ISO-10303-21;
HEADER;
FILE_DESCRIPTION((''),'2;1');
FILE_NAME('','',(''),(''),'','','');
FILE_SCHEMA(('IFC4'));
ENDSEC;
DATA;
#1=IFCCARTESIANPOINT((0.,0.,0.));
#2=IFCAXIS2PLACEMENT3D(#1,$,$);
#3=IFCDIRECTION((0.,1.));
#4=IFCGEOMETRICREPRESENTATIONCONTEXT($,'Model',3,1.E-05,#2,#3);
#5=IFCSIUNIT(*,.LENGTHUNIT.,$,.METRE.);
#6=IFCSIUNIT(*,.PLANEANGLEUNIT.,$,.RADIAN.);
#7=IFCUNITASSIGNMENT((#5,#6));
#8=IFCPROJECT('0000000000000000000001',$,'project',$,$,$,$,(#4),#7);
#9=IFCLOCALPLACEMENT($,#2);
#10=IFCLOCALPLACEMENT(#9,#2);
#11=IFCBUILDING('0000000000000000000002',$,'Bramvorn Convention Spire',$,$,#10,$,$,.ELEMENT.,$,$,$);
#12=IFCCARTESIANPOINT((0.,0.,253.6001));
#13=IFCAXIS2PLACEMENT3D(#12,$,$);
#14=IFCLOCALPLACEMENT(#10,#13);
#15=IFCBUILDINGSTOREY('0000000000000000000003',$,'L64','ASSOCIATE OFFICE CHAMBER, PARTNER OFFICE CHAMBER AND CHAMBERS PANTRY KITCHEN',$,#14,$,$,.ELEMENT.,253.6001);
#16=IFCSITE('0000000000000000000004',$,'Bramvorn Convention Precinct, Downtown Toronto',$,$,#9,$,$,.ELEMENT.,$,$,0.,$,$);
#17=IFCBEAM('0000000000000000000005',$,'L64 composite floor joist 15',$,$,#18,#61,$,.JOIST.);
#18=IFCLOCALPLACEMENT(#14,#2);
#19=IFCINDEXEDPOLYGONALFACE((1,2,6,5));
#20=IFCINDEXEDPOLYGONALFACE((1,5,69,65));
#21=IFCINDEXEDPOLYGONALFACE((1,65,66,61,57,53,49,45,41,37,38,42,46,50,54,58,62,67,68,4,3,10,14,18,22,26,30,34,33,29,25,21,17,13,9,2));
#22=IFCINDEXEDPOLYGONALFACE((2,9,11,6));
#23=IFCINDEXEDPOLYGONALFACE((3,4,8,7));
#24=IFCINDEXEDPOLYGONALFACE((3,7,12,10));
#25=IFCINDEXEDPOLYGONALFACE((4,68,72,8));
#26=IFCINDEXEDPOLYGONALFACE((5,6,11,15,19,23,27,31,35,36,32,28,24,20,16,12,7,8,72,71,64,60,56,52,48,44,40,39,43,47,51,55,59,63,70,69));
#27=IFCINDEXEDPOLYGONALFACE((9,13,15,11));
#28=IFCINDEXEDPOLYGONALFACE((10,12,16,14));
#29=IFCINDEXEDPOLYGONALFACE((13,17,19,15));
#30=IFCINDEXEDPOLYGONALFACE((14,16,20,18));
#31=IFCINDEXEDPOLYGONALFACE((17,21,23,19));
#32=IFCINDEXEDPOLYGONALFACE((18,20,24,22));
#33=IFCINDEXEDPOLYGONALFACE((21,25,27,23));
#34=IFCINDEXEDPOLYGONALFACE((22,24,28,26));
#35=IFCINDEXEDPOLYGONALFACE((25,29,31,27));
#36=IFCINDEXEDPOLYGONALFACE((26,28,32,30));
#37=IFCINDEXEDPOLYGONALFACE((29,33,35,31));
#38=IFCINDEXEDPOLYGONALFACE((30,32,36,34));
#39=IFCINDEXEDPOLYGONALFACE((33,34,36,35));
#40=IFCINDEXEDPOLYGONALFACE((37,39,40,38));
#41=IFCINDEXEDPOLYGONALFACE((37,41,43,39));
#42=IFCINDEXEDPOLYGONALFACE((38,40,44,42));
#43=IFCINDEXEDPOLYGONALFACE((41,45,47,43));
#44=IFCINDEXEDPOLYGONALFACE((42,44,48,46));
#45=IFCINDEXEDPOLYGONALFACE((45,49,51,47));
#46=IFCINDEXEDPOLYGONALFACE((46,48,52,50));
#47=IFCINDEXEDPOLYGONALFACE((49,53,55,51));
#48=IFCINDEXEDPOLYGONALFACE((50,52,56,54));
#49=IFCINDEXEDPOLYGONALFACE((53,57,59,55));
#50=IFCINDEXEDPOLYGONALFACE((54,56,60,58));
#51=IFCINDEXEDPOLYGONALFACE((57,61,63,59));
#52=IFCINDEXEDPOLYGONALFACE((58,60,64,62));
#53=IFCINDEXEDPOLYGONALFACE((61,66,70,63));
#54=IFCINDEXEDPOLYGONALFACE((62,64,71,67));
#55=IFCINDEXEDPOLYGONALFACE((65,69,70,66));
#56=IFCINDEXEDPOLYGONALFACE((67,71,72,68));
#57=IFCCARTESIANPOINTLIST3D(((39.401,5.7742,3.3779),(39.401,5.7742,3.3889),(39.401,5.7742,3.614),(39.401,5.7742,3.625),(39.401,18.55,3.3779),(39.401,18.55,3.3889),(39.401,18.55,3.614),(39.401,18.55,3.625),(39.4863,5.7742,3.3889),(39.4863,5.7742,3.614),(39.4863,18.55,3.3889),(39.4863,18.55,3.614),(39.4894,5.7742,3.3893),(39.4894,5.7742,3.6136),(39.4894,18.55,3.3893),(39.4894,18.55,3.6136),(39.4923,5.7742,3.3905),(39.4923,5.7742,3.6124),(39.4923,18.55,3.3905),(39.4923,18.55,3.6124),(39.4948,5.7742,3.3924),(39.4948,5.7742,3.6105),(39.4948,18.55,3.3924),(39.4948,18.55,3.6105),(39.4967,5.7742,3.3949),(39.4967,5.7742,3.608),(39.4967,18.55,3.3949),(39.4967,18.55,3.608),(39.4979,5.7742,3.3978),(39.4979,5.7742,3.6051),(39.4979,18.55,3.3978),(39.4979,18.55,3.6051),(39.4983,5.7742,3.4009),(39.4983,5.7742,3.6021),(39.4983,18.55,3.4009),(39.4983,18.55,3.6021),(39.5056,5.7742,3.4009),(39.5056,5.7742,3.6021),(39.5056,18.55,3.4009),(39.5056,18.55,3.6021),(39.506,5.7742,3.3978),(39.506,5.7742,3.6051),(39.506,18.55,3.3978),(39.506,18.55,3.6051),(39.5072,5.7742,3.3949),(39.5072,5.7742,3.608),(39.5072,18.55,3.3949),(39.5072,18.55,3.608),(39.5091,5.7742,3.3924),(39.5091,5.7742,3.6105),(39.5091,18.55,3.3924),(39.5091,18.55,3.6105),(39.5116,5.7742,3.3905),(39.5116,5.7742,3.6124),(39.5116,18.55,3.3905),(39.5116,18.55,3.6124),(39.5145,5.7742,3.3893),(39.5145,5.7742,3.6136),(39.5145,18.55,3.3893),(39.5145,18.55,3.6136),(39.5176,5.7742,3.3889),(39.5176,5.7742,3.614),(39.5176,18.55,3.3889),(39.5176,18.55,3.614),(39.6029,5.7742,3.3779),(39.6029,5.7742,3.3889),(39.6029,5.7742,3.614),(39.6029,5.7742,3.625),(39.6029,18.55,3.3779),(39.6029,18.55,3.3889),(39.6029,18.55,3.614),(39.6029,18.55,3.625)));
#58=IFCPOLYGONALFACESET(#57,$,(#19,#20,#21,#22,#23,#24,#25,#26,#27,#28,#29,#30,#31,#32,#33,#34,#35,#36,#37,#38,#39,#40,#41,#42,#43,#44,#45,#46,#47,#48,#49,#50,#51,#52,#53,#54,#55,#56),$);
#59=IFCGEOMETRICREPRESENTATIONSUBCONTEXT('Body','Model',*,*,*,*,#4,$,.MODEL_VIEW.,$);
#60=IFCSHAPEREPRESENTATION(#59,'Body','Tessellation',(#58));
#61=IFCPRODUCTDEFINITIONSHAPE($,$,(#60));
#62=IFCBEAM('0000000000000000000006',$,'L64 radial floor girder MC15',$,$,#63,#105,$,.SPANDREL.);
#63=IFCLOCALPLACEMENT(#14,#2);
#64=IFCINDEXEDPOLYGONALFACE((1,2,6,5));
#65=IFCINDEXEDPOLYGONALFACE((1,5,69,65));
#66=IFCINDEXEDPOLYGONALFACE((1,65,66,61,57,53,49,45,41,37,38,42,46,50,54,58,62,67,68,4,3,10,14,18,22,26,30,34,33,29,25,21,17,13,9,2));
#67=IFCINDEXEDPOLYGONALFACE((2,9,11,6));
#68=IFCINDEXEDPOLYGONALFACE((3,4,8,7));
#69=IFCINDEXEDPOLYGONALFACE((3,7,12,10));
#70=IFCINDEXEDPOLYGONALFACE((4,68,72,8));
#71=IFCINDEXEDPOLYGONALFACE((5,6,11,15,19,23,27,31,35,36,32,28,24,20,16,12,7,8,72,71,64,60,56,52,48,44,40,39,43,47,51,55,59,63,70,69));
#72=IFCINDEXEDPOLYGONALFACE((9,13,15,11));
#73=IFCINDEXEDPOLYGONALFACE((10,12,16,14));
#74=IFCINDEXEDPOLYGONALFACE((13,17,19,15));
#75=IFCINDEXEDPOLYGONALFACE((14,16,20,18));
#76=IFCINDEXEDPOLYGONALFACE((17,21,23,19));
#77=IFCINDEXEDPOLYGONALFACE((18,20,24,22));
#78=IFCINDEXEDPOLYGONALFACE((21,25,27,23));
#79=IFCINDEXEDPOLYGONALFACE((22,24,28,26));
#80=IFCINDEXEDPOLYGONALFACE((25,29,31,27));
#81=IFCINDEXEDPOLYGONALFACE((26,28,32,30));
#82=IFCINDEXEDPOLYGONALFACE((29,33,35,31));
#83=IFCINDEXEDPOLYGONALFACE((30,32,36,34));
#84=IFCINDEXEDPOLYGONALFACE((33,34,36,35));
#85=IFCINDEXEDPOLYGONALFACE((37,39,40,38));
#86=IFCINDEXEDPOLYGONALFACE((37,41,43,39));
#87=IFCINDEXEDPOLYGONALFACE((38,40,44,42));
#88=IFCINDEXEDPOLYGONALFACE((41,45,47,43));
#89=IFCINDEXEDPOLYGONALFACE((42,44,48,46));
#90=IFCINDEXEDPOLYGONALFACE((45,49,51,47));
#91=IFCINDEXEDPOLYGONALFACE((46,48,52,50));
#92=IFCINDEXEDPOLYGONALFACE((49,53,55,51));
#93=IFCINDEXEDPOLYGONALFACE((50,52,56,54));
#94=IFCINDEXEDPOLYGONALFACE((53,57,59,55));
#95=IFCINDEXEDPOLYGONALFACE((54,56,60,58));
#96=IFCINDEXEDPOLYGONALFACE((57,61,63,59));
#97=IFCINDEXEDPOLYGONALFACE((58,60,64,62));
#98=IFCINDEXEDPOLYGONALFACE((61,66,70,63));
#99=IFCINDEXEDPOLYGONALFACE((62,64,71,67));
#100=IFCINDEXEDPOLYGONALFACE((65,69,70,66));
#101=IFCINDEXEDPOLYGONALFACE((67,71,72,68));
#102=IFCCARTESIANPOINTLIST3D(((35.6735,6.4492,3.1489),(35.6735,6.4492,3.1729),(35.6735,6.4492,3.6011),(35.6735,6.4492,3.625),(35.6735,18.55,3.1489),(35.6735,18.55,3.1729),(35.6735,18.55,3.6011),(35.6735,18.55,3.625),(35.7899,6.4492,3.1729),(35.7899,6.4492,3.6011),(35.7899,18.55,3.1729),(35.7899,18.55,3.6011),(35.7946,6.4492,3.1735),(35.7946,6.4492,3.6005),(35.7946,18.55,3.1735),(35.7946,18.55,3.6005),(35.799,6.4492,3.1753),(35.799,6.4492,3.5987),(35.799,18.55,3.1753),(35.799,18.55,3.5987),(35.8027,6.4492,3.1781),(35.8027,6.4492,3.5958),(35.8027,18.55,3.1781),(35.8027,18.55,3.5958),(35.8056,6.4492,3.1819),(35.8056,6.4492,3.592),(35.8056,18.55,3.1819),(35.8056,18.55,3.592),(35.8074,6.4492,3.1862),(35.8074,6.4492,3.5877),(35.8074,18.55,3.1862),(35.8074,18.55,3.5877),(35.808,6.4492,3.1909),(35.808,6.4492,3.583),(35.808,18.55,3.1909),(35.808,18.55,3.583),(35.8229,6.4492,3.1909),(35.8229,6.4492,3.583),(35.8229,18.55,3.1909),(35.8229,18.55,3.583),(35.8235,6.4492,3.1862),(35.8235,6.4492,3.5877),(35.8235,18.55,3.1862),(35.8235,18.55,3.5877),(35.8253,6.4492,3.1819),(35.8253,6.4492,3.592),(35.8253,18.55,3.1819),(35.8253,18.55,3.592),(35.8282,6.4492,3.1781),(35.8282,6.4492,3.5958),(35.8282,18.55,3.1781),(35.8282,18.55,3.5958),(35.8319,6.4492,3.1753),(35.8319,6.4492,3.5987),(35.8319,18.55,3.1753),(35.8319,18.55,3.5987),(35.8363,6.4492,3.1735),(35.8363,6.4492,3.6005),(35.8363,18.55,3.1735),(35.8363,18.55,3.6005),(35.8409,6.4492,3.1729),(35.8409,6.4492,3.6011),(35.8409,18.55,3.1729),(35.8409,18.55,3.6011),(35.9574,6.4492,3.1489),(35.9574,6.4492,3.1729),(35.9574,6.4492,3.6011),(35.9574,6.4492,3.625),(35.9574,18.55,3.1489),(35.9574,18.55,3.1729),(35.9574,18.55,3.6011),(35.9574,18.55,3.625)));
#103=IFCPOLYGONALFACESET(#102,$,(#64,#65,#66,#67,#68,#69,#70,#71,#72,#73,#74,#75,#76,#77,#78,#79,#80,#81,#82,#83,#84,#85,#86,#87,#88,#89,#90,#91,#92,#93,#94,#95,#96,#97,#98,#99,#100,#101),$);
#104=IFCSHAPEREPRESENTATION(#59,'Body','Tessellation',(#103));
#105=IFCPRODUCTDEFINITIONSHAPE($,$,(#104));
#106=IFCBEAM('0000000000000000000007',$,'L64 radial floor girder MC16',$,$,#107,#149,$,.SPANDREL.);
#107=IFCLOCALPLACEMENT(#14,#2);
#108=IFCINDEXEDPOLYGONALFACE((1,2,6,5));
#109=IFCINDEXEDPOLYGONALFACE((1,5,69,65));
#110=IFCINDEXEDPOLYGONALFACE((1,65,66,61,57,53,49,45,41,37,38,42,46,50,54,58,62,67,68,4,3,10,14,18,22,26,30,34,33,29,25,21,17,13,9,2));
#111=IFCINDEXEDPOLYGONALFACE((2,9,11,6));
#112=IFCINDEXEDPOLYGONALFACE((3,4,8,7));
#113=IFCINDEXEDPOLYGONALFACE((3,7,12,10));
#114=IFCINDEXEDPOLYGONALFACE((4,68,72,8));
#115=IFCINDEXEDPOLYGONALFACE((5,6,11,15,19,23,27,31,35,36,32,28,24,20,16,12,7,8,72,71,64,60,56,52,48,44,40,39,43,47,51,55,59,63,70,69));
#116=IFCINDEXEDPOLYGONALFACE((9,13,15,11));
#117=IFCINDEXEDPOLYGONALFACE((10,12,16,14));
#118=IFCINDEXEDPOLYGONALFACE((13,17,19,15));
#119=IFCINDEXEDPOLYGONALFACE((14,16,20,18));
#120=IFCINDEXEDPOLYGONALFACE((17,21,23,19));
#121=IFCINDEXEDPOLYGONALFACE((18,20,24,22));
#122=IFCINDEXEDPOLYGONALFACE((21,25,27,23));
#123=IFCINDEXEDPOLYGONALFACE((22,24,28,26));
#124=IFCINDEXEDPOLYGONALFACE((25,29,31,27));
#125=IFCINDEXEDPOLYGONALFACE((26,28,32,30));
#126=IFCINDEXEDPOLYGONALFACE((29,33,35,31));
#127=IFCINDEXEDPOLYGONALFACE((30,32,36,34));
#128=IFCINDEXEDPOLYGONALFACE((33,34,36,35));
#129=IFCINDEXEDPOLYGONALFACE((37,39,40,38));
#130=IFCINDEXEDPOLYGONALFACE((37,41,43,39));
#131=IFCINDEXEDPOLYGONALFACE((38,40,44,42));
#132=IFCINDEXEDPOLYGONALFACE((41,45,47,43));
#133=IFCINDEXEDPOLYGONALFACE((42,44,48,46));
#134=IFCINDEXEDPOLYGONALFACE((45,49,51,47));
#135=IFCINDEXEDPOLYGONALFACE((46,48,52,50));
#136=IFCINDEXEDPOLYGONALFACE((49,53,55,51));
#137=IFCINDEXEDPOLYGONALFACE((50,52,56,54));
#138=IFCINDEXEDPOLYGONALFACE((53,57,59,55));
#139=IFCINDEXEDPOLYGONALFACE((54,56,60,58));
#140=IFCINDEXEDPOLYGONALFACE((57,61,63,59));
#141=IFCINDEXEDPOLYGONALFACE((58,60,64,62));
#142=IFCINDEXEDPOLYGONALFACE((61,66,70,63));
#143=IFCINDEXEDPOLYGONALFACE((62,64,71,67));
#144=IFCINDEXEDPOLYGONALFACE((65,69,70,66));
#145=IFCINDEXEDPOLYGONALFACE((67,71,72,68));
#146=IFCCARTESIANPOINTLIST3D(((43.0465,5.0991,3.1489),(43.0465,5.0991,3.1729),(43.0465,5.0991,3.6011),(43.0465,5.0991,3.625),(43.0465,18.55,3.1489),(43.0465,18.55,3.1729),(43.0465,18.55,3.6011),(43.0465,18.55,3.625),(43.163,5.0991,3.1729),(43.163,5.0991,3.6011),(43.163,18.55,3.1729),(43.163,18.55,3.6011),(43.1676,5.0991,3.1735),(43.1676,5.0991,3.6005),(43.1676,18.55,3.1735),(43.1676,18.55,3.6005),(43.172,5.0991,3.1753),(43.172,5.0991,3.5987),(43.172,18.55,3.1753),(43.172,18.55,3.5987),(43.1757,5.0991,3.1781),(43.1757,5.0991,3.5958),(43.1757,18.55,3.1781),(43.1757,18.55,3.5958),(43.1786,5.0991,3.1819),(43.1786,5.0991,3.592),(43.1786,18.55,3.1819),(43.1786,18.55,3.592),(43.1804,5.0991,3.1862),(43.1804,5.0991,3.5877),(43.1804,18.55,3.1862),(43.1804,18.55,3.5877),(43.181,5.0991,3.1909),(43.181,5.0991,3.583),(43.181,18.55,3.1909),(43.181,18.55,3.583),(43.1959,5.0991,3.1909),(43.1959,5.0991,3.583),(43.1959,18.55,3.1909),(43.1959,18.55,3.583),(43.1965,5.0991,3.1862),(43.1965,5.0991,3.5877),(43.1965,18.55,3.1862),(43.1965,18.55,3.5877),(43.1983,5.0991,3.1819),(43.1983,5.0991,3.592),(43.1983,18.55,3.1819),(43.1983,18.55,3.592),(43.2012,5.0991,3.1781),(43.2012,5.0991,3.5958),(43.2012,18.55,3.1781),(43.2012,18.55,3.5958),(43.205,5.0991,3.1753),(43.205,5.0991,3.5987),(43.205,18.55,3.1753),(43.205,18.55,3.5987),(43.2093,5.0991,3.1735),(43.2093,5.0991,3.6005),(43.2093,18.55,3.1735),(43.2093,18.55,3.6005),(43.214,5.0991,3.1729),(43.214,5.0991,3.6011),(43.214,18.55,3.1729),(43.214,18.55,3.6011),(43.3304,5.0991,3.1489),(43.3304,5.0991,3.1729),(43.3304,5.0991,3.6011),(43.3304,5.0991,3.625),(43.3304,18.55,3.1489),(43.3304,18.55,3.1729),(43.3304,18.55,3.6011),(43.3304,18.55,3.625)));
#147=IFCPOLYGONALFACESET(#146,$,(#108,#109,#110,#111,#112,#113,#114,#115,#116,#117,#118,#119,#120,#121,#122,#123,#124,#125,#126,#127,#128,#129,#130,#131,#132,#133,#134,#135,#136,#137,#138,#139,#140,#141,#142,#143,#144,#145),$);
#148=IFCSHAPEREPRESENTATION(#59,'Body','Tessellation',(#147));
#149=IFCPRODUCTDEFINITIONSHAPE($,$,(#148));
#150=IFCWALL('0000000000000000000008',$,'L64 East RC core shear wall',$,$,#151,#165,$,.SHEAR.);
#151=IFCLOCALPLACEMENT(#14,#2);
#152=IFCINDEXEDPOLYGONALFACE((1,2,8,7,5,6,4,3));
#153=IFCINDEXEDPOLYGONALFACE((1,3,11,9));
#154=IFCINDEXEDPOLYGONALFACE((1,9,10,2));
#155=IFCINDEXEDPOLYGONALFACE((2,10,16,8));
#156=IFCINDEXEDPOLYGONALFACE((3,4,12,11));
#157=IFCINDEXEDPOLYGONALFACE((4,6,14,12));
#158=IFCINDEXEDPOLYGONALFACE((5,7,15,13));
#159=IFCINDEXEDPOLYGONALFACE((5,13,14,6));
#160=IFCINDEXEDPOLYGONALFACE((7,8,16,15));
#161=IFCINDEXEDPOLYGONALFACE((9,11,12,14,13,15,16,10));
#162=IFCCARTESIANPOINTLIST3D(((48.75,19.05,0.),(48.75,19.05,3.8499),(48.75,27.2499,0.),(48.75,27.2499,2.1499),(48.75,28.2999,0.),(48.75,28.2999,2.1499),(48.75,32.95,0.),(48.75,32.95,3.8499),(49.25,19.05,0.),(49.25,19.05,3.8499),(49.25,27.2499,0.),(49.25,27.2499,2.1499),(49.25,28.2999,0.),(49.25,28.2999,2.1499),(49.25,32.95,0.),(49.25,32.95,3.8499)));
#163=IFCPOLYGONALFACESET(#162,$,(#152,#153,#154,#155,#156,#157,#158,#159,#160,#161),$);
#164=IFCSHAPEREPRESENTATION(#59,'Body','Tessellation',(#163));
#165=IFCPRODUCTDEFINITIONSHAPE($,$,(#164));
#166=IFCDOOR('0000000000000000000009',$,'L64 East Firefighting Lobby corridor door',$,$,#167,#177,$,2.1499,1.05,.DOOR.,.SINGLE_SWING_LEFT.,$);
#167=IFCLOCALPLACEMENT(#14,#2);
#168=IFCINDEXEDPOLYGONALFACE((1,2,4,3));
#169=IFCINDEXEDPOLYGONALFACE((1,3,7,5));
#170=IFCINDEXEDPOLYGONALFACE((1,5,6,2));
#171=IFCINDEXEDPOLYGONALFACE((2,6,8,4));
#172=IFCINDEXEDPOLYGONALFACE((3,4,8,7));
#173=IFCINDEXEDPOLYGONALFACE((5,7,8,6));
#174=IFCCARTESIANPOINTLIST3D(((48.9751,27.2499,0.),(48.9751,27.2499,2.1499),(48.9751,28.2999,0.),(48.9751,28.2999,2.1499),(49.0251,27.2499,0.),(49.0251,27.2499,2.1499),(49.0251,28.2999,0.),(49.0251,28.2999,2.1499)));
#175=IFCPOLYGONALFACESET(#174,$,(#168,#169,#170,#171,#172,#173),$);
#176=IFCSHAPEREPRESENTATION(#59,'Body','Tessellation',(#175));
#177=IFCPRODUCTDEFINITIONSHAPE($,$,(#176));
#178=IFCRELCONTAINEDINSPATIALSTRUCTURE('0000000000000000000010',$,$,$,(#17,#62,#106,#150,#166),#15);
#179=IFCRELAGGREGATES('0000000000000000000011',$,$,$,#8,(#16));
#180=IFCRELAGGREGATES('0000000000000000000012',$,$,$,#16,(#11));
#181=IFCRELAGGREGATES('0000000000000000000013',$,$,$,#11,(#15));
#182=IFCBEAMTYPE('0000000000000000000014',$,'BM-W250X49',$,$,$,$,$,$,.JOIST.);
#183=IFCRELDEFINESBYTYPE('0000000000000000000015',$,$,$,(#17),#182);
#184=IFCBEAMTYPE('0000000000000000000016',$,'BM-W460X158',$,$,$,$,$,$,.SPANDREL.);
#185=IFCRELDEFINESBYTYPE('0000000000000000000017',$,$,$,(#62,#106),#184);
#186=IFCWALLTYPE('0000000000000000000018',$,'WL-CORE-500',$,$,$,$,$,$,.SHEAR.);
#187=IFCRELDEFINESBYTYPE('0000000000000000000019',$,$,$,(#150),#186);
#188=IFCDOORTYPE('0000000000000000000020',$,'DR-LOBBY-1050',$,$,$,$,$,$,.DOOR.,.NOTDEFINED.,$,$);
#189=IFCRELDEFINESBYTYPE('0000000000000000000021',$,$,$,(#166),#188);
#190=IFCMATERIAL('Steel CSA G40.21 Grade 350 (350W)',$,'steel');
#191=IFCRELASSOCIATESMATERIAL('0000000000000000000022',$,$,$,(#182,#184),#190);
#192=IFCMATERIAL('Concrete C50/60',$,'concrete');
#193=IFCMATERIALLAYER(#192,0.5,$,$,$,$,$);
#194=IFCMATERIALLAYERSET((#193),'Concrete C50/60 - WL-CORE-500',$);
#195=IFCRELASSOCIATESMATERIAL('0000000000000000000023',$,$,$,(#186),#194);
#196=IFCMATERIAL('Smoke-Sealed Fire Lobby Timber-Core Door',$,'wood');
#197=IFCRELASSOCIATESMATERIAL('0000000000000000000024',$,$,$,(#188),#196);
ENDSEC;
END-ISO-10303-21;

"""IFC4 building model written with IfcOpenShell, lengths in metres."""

from ifc_helpers import new_model, si_unit, direction, frame, frame_2d, origin, origin_2d, place, context, subcontext, project, spatial, rectangle, i_section, extrude, material, layer, layer_set, material_profile, profile_set, type_object, element, fill, save


model = new_model("IFC4")

# Units and contexts
model_context = context("Model", 3, precision=1e-05, world=origin(), true_north=direction((0.0, 1.0)))
body_context = subcontext(model_context, "Body", "Model", "MODEL_VIEW")
ifc_project = project(units=[si_unit("LENGTHUNIT", "METRE"), si_unit("PLANEANGLEUNIT", "RADIAN")], contexts=[model_context])

# Site, building, storey
site_placement = place(None, origin())
site = spatial("IfcSite", under=ifc_project, at=site_placement, Name="Bramvorn Convention Precinct, Downtown Toronto", CompositionType="ELEMENT", RefElevation=0.0)
building_placement = place(site_placement, origin())
building = spatial("IfcBuilding", under=site, at=building_placement, Name="Bramvorn Convention Spire", CompositionType="ELEMENT")
storey_placement = place(building_placement, frame((0.0, 0.0, 253.6001)))
storey = spatial("IfcBuildingStorey", under=building, at=storey_placement, Name="L64", Description="ASSOCIATE OFFICE CHAMBER, PARTNER OFFICE CHAMBER AND CHAMBERS PANTRY KITCHEN", CompositionType="ELEMENT", Elevation=253.6001)

# Beams
ifc_material_1 = material(Name="Steel CSA G40.21 Grade 350 (350W)", Category="steel")
ifc_material_profile_1 = material_profile(ifc_material_1, i_section(OverallWidth=0.2019, OverallDepth=0.2471, WebThickness=0.0073, FlangeThickness=0.011, FilletRadius=0.012, at=origin_2d()))
ifc_profile_set_1 = profile_set([ifc_material_profile_1], Name="Steel CSA G40.21 Grade 350 (350W) - W250X49")
beam_type_1 = type_object("IfcBeamType", Name="BM-W250X49", PredefinedType="JOIST", material=ifc_profile_set_1)
beam_1_placement = place(storey_placement, frame((39.502, 18.55, 3.5015), z_axis=(0.0, -1.0, 0.0), x_axis=(1.0, 0.0, 0.0)))
element("IfcBeam", 1, at=beam_1_placement, inside=storey, type_object=beam_type_1, Name="L64 composite floor joist 15", PredefinedType="JOIST", context=body_context, shape_type="SweptSolid", body=[
    extrude(i_section(OverallWidth=0.2019, OverallDepth=0.2471, WebThickness=0.0073, FlangeThickness=0.011, FilletRadius=0.012, at=origin_2d()), origin(), (0.0, 0.0, 1.0), 12.7759),
])
ifc_material_profile_2 = material_profile(ifc_material_1, i_section(OverallWidth=0.2839, OverallDepth=0.4761, WebThickness=0.0149, FlangeThickness=0.0239, FilletRadius=0.0181, at=origin_2d()))
ifc_profile_set_2 = profile_set([ifc_material_profile_2], Name="Steel CSA G40.21 Grade 350 (350W) - W460X158")
beam_type_2 = type_object("IfcBeamType", Name="BM-W460X158", PredefinedType="SPANDREL", material=ifc_profile_set_2)
beam_2_placement = place(storey_placement, frame((35.8154, 18.55, 3.387), z_axis=(0.0, -1.0, 0.0), x_axis=(1.0, 0.0, 0.0)))
element("IfcBeam", 2, at=beam_2_placement, inside=storey, type_object=beam_type_2, Name="L64 radial floor girder MC15", PredefinedType="SPANDREL", context=body_context, shape_type="SweptSolid", body=[
    extrude(i_section(OverallWidth=0.2839, OverallDepth=0.4761, WebThickness=0.0149, FlangeThickness=0.0239, FilletRadius=0.0181, at=origin_2d()), origin(), (0.0, 0.0, 1.0), 12.1008),
])
beam_3_placement = place(storey_placement, frame((43.1885, 18.55, 3.387), z_axis=(0.0, -1.0, 0.0), x_axis=(1.0, 0.0, 0.0)))
element("IfcBeam", 3, at=beam_3_placement, inside=storey, type_object=beam_type_2, Name="L64 radial floor girder MC16", PredefinedType="SPANDREL", context=body_context, shape_type="SweptSolid", body=[
    extrude(i_section(OverallWidth=0.2839, OverallDepth=0.4761, WebThickness=0.0149, FlangeThickness=0.0239, FilletRadius=0.0181, at=origin_2d()), origin(), (0.0, 0.0, 1.0), 13.4509),
])

# Wall, opening, door
ifc_material_2 = material(Name="Concrete C50/60", Category="concrete")
ifc_layer_1 = layer(ifc_material_2, 0.5)
ifc_layer_set_1 = layer_set([ifc_layer_1], Name="Concrete C50/60 - WL-CORE-500")
wall_type_1 = type_object("IfcWallType", Name="WL-CORE-500", PredefinedType="SHEAR", material=ifc_layer_set_1)
wall_1_placement = place(storey_placement, frame((49.0, 19.05, 0.0), z_axis=(0.0, 0.0, 1.0), x_axis=(0.0, 1.0, 0.0)))
wall_1 = element("IfcWall", 4, at=wall_1_placement, inside=storey, type_object=wall_type_1, Name="L64 East RC core shear wall", PredefinedType="SHEAR", context=body_context, shape_type="SweptSolid", body=[
    extrude(rectangle(XDim=13.8999, YDim=0.5, at=frame_2d((6.95, 0.0))), origin(), (0.0, 0.0, 1.0), 3.8499),
])
opening_1_placement = place(wall_1_placement, frame((8.2, 0.0, 0.0)))
opening_1 = element("IfcOpeningElement", 5, at=opening_1_placement, cuts=wall_1, PredefinedType="OPENING", context=body_context, shape_type="SweptSolid", body=[
    extrude(rectangle(XDim=1.05, YDim=2.1499, at=frame_2d((0.5249, 1.075))), frame((0.0, 0.26, 0.0), z_axis=(0.0, -1.0, 0.0), x_axis=(1.0, 0.0, 0.0)), (0.0, 0.0, 1.0), 0.52),
])
ifc_material_3 = material(Name="Smoke-Sealed Fire Lobby Timber-Core Door", Category="wood")
door_type_1 = type_object("IfcDoorType", Name="DR-LOBBY-1050", OperationType="NOTDEFINED", PredefinedType="DOOR", material=ifc_material_3)
door_1_placement = place(opening_1_placement, origin())
door_1 = element("IfcDoor", 6, at=door_1_placement, inside=storey, type_object=door_type_1, Name="L64 East Firefighting Lobby corridor door", OperationType="SINGLE_SWING_LEFT", OverallHeight=2.1499, OverallWidth=1.05, PredefinedType="DOOR", context=body_context, shape_type="SweptSolid", body=[
    extrude(rectangle(XDim=1.05, YDim=2.1499, at=frame_2d((0.5249, 1.075))), frame((0.0, 0.0249, 0.0), z_axis=(0.0, -1.0, 0.0), x_axis=(1.0, 0.0, 0.0)), (0.0, 0.0, 1.0), 0.05),
])
fill(opening_1, door_1)

save(model, "model.ifc")
